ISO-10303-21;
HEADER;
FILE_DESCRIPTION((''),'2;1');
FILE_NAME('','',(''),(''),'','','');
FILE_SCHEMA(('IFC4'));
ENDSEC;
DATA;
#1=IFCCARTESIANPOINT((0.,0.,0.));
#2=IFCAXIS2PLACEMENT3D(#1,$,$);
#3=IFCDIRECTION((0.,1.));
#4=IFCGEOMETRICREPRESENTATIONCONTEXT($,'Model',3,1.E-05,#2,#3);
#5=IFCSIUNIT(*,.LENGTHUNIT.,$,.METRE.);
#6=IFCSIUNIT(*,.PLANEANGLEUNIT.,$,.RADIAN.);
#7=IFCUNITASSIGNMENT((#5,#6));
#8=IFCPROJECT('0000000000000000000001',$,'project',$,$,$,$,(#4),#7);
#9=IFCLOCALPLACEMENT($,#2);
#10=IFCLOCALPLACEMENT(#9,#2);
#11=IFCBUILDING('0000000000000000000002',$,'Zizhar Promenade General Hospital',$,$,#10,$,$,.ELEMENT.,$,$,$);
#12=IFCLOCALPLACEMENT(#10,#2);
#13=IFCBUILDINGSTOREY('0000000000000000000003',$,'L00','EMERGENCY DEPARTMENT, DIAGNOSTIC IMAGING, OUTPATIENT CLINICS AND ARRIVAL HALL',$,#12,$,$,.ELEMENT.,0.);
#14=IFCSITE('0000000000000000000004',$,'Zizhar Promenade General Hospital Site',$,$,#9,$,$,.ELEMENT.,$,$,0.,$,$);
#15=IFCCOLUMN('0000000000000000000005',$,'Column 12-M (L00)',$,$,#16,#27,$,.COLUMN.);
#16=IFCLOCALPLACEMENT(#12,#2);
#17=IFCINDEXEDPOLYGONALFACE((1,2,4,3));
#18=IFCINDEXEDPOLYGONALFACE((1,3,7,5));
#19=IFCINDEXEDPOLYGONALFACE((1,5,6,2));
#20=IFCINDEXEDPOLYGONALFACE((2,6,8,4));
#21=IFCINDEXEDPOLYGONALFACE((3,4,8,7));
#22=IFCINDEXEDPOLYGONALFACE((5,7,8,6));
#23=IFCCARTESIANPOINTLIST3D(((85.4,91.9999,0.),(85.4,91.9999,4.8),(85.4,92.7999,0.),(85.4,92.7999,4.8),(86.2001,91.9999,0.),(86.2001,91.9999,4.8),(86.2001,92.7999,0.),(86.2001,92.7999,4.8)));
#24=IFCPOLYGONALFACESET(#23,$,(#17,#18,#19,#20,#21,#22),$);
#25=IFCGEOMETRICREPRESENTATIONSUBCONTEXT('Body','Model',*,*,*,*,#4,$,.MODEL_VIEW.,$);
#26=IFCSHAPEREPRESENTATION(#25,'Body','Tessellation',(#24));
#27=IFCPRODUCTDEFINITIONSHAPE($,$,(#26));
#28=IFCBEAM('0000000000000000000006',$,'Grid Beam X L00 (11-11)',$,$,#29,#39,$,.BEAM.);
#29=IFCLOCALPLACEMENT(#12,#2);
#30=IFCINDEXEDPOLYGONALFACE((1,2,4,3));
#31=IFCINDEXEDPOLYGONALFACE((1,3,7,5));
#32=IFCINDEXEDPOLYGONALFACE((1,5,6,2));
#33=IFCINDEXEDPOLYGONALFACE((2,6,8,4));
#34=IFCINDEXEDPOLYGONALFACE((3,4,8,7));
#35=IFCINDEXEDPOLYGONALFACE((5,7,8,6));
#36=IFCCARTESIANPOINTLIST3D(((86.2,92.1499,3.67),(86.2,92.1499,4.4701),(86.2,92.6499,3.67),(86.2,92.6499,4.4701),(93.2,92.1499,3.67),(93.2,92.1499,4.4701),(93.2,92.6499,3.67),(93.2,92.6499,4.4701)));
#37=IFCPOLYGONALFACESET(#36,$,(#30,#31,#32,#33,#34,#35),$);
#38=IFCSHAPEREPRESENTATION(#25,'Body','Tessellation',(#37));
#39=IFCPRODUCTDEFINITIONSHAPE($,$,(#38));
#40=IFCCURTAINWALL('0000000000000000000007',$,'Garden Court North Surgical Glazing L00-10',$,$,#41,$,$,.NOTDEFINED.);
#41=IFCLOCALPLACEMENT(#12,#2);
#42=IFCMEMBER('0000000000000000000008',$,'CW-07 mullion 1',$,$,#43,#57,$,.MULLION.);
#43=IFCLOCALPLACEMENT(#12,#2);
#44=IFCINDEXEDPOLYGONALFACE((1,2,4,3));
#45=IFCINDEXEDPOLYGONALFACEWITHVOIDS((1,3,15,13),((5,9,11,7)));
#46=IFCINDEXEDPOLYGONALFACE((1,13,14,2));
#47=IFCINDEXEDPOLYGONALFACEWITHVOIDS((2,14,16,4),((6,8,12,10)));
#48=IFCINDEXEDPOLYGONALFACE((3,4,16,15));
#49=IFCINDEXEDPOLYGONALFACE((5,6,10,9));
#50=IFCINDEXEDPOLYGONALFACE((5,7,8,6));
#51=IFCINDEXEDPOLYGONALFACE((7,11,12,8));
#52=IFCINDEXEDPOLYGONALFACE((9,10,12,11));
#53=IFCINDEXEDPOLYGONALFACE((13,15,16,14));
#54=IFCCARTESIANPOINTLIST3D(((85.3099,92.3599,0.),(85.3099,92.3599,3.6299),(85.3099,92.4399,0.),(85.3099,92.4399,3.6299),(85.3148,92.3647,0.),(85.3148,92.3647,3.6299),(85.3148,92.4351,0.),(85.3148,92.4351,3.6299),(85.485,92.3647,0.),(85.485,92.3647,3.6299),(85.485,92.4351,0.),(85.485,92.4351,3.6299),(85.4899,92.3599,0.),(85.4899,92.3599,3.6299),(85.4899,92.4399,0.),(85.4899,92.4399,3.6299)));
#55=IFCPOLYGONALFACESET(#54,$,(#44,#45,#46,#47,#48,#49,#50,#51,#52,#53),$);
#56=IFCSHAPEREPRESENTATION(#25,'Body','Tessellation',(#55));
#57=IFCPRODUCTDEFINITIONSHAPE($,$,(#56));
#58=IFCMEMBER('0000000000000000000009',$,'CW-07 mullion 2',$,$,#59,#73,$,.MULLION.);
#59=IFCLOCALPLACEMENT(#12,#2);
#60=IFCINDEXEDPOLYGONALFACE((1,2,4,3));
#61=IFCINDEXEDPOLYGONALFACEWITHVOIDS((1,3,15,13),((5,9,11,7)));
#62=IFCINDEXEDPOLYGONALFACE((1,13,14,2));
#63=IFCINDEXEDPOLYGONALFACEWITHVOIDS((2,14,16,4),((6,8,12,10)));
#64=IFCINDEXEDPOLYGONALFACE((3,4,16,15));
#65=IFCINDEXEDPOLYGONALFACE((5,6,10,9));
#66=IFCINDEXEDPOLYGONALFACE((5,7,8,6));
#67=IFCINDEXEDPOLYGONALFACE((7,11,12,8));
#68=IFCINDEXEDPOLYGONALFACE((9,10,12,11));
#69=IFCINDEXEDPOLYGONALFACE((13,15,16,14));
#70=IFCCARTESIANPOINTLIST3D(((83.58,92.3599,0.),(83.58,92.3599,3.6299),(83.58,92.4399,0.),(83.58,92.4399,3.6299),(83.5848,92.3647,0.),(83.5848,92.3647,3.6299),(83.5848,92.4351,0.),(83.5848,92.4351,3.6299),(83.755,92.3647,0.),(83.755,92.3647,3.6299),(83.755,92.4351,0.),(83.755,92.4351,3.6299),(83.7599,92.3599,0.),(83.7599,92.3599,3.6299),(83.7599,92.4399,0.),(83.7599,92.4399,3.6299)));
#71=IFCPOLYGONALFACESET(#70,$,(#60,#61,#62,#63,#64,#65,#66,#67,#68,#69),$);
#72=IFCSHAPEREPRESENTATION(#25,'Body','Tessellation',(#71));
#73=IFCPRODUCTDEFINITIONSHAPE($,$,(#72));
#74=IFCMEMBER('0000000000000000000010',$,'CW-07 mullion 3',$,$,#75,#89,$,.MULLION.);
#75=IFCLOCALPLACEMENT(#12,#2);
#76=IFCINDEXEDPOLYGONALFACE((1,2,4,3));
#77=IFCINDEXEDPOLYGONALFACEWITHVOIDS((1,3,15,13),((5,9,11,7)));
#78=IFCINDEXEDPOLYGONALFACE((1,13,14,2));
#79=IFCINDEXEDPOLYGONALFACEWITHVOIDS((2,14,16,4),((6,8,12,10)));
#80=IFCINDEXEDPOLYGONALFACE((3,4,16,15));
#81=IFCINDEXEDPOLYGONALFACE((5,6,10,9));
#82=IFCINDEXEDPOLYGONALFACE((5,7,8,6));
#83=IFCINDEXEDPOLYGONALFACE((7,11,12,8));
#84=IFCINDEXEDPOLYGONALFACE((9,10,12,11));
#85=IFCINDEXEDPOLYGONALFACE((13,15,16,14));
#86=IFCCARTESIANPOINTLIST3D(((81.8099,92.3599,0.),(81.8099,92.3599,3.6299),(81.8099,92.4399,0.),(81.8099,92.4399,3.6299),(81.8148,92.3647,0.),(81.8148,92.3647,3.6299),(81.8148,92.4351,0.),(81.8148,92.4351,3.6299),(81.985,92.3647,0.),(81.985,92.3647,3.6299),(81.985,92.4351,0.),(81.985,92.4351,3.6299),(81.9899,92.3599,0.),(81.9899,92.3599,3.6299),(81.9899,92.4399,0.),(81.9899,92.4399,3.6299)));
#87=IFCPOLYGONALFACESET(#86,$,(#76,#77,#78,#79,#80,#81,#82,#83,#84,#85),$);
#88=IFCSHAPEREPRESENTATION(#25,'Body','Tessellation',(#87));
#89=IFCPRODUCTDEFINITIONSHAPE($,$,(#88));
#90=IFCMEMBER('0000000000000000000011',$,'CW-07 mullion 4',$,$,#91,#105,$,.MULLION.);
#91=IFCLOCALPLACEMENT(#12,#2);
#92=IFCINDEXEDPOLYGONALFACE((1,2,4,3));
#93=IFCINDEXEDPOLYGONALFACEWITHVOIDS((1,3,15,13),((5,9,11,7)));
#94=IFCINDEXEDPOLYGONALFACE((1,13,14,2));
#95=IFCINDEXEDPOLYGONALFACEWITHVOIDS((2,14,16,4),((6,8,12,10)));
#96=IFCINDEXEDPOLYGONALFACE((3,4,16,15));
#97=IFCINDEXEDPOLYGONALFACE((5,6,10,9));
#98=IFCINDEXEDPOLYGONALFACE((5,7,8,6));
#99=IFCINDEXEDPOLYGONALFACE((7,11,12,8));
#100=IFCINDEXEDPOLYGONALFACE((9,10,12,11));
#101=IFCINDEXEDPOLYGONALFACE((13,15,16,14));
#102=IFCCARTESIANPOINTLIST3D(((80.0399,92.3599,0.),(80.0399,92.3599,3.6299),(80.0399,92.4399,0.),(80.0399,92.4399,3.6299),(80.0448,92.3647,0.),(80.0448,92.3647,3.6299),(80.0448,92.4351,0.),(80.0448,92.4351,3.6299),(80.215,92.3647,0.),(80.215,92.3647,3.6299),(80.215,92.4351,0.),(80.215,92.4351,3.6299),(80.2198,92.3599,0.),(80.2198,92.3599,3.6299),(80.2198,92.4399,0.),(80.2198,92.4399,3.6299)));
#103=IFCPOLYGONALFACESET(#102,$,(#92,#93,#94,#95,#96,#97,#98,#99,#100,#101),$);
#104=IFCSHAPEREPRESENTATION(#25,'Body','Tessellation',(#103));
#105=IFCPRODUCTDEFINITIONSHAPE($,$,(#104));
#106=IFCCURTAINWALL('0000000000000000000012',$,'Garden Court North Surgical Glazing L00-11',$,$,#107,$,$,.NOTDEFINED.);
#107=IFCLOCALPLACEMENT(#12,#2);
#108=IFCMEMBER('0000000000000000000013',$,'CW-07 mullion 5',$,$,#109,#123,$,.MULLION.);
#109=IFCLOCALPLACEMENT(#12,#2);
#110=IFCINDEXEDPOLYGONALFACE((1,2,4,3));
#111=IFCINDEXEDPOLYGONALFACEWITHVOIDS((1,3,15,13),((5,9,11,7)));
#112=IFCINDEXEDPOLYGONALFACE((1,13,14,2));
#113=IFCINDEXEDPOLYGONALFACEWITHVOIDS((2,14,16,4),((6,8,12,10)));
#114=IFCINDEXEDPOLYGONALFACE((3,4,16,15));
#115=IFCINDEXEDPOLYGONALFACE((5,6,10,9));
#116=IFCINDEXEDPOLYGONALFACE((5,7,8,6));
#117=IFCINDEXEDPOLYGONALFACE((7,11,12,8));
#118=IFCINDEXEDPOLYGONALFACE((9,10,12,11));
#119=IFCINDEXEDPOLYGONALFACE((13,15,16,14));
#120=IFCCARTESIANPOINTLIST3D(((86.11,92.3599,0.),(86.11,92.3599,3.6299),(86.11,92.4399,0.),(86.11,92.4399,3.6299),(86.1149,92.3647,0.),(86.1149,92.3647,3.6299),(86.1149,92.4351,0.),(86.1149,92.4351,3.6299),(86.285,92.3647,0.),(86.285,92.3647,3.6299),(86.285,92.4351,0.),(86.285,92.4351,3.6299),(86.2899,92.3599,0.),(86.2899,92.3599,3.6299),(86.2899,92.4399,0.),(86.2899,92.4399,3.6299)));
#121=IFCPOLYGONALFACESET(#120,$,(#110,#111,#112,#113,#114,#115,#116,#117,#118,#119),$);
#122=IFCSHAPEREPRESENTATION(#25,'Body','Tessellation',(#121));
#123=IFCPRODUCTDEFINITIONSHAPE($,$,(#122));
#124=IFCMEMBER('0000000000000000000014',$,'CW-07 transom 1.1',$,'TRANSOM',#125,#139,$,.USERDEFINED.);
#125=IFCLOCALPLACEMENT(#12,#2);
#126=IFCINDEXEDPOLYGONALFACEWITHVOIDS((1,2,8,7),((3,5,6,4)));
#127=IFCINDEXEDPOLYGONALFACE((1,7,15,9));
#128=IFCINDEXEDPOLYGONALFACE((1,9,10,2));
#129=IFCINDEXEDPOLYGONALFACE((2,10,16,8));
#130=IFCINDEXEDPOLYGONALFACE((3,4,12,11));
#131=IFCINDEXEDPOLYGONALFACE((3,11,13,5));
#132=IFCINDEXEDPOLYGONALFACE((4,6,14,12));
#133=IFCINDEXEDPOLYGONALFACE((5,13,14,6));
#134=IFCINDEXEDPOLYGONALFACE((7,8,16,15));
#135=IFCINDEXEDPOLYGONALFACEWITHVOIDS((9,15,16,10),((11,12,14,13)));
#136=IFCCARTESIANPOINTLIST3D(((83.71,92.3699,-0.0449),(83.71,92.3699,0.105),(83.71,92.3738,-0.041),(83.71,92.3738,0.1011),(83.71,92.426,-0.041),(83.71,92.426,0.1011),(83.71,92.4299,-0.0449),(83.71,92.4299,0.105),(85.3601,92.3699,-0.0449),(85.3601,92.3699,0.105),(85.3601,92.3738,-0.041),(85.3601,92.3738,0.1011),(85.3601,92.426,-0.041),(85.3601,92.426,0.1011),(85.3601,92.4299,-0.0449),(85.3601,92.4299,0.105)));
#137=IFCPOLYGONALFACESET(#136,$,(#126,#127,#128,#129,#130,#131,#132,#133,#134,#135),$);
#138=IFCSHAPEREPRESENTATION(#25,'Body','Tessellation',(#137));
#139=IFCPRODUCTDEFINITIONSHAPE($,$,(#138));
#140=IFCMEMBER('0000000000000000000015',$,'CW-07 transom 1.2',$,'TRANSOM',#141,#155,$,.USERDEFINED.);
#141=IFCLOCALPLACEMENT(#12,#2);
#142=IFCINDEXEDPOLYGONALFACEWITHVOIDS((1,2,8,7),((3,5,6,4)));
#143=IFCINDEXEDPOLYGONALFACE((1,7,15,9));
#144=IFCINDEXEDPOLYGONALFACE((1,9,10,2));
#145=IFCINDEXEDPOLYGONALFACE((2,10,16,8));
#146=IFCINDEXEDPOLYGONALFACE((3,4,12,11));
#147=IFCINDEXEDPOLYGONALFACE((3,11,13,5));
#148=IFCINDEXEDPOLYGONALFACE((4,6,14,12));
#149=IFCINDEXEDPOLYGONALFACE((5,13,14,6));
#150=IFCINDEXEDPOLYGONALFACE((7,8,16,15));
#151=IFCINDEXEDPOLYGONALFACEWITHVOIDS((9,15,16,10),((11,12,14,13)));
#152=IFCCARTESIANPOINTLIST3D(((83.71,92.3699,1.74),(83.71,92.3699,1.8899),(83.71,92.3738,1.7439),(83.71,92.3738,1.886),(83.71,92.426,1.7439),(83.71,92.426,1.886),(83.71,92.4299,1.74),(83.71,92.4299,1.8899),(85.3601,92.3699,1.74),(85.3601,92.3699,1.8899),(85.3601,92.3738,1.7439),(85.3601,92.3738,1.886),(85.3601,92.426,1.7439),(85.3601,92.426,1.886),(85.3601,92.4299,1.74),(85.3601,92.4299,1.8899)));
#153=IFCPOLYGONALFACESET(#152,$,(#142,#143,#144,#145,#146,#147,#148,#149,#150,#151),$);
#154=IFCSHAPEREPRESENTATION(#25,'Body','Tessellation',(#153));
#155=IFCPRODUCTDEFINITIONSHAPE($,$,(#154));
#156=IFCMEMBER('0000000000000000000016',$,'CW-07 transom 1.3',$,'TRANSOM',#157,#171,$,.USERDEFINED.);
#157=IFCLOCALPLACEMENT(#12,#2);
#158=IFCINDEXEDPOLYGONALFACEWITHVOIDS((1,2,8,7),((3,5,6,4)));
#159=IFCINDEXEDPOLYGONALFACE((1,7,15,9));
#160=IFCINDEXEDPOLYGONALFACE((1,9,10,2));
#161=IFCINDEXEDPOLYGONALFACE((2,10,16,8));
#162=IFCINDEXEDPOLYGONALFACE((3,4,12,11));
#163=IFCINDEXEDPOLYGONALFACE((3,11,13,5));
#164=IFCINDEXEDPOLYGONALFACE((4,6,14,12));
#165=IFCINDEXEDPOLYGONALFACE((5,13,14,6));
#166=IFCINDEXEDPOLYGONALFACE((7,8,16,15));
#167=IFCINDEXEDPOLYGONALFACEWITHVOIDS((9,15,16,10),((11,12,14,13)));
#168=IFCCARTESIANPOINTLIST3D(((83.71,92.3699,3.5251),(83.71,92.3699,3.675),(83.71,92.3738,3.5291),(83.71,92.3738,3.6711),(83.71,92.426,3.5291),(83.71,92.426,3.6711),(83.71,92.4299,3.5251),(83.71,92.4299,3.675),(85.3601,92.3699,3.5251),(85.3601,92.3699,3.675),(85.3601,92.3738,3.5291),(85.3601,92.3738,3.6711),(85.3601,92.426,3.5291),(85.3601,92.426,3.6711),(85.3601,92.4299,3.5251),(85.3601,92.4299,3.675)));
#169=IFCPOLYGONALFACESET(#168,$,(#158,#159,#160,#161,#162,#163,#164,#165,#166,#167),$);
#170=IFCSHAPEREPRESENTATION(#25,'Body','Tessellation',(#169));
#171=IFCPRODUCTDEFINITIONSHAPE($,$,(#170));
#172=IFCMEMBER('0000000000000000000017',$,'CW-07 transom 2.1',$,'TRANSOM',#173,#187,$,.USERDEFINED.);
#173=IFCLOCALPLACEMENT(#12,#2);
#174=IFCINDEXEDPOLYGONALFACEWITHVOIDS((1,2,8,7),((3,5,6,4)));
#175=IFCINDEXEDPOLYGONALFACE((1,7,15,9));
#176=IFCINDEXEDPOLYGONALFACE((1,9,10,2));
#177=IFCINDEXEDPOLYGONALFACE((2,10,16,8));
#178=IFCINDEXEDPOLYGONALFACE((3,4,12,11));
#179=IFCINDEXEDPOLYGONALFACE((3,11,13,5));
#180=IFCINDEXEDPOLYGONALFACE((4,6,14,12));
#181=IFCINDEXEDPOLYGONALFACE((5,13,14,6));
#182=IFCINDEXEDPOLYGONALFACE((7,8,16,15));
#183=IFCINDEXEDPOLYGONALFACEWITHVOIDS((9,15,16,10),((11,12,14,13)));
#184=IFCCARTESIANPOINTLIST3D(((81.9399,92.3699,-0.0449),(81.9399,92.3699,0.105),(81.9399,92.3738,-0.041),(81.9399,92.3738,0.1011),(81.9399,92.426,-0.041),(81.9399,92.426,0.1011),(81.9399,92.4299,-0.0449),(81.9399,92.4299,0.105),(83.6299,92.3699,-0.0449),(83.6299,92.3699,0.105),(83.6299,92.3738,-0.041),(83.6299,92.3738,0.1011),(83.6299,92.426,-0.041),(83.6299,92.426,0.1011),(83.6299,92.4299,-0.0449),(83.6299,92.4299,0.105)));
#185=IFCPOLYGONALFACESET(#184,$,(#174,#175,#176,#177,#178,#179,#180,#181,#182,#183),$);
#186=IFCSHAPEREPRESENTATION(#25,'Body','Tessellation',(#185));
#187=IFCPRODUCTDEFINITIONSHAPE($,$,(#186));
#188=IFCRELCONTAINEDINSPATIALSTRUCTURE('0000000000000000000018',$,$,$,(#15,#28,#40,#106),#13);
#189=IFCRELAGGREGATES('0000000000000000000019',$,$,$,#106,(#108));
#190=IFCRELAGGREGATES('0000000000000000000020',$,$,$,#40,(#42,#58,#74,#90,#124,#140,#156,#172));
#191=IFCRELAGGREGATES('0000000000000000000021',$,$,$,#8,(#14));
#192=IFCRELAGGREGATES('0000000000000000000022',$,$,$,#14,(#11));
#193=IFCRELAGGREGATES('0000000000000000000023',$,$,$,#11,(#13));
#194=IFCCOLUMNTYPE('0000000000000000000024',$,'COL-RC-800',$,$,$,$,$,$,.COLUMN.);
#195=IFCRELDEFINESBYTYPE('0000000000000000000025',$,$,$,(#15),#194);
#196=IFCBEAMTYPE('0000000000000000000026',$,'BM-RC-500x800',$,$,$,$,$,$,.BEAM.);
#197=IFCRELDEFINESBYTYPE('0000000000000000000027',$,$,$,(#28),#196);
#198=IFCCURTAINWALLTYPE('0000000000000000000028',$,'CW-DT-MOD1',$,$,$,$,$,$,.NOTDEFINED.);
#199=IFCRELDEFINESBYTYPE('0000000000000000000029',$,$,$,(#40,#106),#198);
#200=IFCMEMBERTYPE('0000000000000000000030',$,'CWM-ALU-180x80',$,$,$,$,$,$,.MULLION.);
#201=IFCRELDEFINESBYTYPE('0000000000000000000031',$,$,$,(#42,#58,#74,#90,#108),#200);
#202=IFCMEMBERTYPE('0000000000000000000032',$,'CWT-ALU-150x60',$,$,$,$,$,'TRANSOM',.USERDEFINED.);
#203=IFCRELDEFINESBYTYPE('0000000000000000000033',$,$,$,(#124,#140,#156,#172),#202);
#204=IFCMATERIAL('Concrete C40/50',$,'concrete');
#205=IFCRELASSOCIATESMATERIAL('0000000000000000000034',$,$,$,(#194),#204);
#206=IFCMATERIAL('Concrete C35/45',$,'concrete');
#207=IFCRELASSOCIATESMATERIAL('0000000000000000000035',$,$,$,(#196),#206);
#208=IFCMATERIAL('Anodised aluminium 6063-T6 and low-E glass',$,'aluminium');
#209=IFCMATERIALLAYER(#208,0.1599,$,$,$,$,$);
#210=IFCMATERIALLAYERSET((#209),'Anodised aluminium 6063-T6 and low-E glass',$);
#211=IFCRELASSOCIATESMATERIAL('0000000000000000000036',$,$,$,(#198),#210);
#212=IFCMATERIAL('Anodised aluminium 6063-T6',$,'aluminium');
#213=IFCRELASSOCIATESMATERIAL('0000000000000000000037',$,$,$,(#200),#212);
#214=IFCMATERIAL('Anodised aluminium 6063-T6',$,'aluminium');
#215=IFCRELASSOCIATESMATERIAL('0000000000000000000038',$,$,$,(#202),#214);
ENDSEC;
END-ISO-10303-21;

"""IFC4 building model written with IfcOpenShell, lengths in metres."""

from ifc_helpers import new_model, si_unit, direction, frame, origin, origin_2d, place, context, subcontext, project, spatial, rectangle, hollow_rectangle, extrude, material, layer, layer_set, material_profile, profile_set, type_object, element, aggregate, save


model = new_model("IFC4")

# Units and contexts
model_context = context("Model", 3, precision=1e-05, world=origin(), true_north=direction((0.0, 1.0)))
body_context = subcontext(model_context, "Body", "Model", "MODEL_VIEW")
ifc_project = project(units=[si_unit("LENGTHUNIT", "METRE"), si_unit("PLANEANGLEUNIT", "RADIAN")], contexts=[model_context])

# Site, building, storey
site_placement = place(None, origin())
site = spatial("IfcSite", under=ifc_project, at=site_placement, Name="Zizhar Promenade General Hospital Site", CompositionType="ELEMENT", RefElevation=0.0)
building_placement = place(site_placement, origin())
building = spatial("IfcBuilding", under=site, at=building_placement, Name="Zizhar Promenade General Hospital", CompositionType="ELEMENT")
storey_placement = place(building_placement, origin())
storey = spatial("IfcBuildingStorey", under=building, at=storey_placement, Name="L00", Description="EMERGENCY DEPARTMENT, DIAGNOSTIC IMAGING, OUTPATIENT CLINICS AND ARRIVAL HALL", CompositionType="ELEMENT", Elevation=0.0)

# Column
ifc_material_1 = material(Name="Concrete C40/50", Category="concrete")
ifc_material_profile_1 = material_profile(ifc_material_1, rectangle(XDim=0.8, YDim=0.8, at=origin_2d()))
ifc_profile_set_1 = profile_set([ifc_material_profile_1], Name="Concrete C40/50")
column_type = type_object("IfcColumnType", Name="COL-RC-800", PredefinedType="COLUMN", material=ifc_profile_set_1)
column_placement = place(storey_placement, frame((85.8, 92.3999, 0.0), z_axis=(0.0, 0.0, 1.0), x_axis=(1.0, 0.0, 0.0)))
element("IfcColumn", 1, at=column_placement, inside=storey, type_object=column_type, Name="Column 12-M (L00)", PredefinedType="COLUMN", context=body_context, shape_type="SweptSolid", body=[
    extrude(rectangle(XDim=0.8, YDim=0.8, at=origin_2d()), origin(), (0.0, 0.0, 1.0), 4.8),
])

# Beam
ifc_material_2 = material(Name="Concrete C35/45", Category="concrete")
ifc_material_profile_2 = material_profile(ifc_material_2, rectangle(XDim=0.5, YDim=0.8, at=origin_2d()))
ifc_profile_set_2 = profile_set([ifc_material_profile_2], Name="Concrete C35/45")
beam_type = type_object("IfcBeamType", Name="BM-RC-500x800", PredefinedType="BEAM", material=ifc_profile_set_2)
beam_placement = place(storey_placement, frame((86.2, 92.3999, 4.0701), z_axis=(1.0, 0.0, 0.0), x_axis=(0.0, 1.0, 0.0)))
element("IfcBeam", 2, at=beam_placement, inside=storey, type_object=beam_type, Name="Grid Beam X L00 (11-11)", PredefinedType="BEAM", context=body_context, shape_type="SweptSolid", body=[
    extrude(rectangle(XDim=0.5, YDim=0.8, at=origin_2d()), origin(), (0.0, 0.0, 1.0), 7.0),
])

# Curtain wall, members
ifc_material_3 = material(Name="Anodised aluminium 6063-T6 and low-E glass", Category="aluminium")
ifc_layer_1 = layer(ifc_material_3, 0.1599)
ifc_layer_set_1 = layer_set([ifc_layer_1], Name="Anodised aluminium 6063-T6 and low-E glass")
curtain_wall_type = type_object("IfcCurtainWallType", Name="CW-DT-MOD1", PredefinedType="NOTDEFINED", material=ifc_layer_set_1)
curtain_wall_1_placement = place(storey_placement, origin())
curtain_wall_1 = element("IfcCurtainWall", 3, at=curtain_wall_1_placement, inside=storey, type_object=curtain_wall_type, Name="Garden Court North Surgical Glazing L00-10", PredefinedType="NOTDEFINED")
ifc_material_4 = material(Name="Anodised aluminium 6063-T6", Category="aluminium")
ifc_material_profile_3 = material_profile(ifc_material_4, hollow_rectangle(XDim=0.0801, YDim=0.1799, WallThickness=0.0049, at=origin_2d()))
ifc_profile_set_3 = profile_set([ifc_material_profile_3], Name="Anodised aluminium 6063-T6")
member_type_1 = type_object("IfcMemberType", Name="CWM-ALU-180x80", PredefinedType="MULLION", material=ifc_profile_set_3)
member_1_placement = place(storey_placement, frame((85.3999, 92.3999, 0.0), z_axis=(0.0, 0.0, 1.0), x_axis=(0.0, -1.0, 0.0)))
member_1 = element("IfcMember", 4, at=member_1_placement, type_object=member_type_1, Name="CW-07 mullion 1", PredefinedType="MULLION", context=body_context, shape_type="SweptSolid", body=[
    extrude(hollow_rectangle(XDim=0.0801, YDim=0.1799, WallThickness=0.0049, at=origin_2d()), origin(), (0.0, 0.0, 1.0), 3.6299),
])
member_2_placement = place(storey_placement, frame((83.6699, 92.3999, 0.0), z_axis=(0.0, 0.0, 1.0), x_axis=(0.0, -1.0, 0.0)))
member_2 = element("IfcMember", 5, at=member_2_placement, type_object=member_type_1, Name="CW-07 mullion 2", PredefinedType="MULLION", context=body_context, shape_type="SweptSolid", body=[
    extrude(hollow_rectangle(XDim=0.0801, YDim=0.1799, WallThickness=0.0049, at=origin_2d()), origin(), (0.0, 0.0, 1.0), 3.6299),
])
member_3_placement = place(storey_placement, frame((81.8999, 92.3999, 0.0), z_axis=(0.0, 0.0, 1.0), x_axis=(0.0, -1.0, 0.0)))
member_3 = element("IfcMember", 6, at=member_3_placement, type_object=member_type_1, Name="CW-07 mullion 3", PredefinedType="MULLION", context=body_context, shape_type="SweptSolid", body=[
    extrude(hollow_rectangle(XDim=0.0801, YDim=0.1799, WallThickness=0.0049, at=origin_2d()), origin(), (0.0, 0.0, 1.0), 3.6299),
])
member_4_placement = place(storey_placement, frame((80.1299, 92.3999, 0.0), z_axis=(0.0, 0.0, 1.0), x_axis=(0.0, -1.0, 0.0)))
member_4 = element("IfcMember", 7, at=member_4_placement, type_object=member_type_1, Name="CW-07 mullion 4", PredefinedType="MULLION", context=body_context, shape_type="SweptSolid", body=[
    extrude(hollow_rectangle(XDim=0.0801, YDim=0.1799, WallThickness=0.0049, at=origin_2d()), origin(), (0.0, 0.0, 1.0), 3.6299),
])

# Curtain wall, member
curtain_wall_2_placement = place(storey_placement, origin())
curtain_wall_2 = element("IfcCurtainWall", 8, at=curtain_wall_2_placement, inside=storey, type_object=curtain_wall_type, Name="Garden Court North Surgical Glazing L00-11", PredefinedType="NOTDEFINED")
member_5_placement = place(storey_placement, frame((86.2, 92.3999, 0.0), z_axis=(0.0, 0.0, 1.0), x_axis=(0.0, -1.0, 0.0)))
member_5 = element("IfcMember", 9, at=member_5_placement, type_object=member_type_1, Name="CW-07 mullion 5", PredefinedType="MULLION", context=body_context, shape_type="SweptSolid", body=[
    extrude(hollow_rectangle(XDim=0.0801, YDim=0.1799, WallThickness=0.0049, at=origin_2d()), origin(), (0.0, 0.0, 1.0), 3.6299),
])
aggregate(curtain_wall_2, [member_5])

# Members
ifc_material_5 = material(Name="Anodised aluminium 6063-T6", Category="aluminium")
ifc_material_profile_4 = material_profile(ifc_material_5, hollow_rectangle(XDim=0.0601, YDim=0.1499, WallThickness=0.0039, at=origin_2d()))
ifc_profile_set_4 = profile_set([ifc_material_profile_4], Name="Anodised aluminium 6063-T6")
member_type_2 = type_object("IfcMemberType", Name="CWT-ALU-150x60", ElementType="TRANSOM", PredefinedType="USERDEFINED", material=ifc_profile_set_4)
member_6_placement = place(storey_placement, frame((85.3601, 92.3999, 0.03), z_axis=(-1.0, 0.0, 0.0), x_axis=(0.0, -1.0, 0.0)))
member_6 = element("IfcMember", 10, at=member_6_placement, type_object=member_type_2, Name="CW-07 transom 1.1", ObjectType="TRANSOM", PredefinedType="USERDEFINED", context=body_context, shape_type="SweptSolid", body=[
    extrude(hollow_rectangle(XDim=0.0601, YDim=0.1499, WallThickness=0.0039, at=origin_2d()), origin(), (0.0, 0.0, 1.0), 1.6501),
])
member_7_placement = place(storey_placement, frame((85.3601, 92.3999, 1.8149), z_axis=(-1.0, 0.0, 0.0), x_axis=(0.0, -1.0, 0.0)))
member_7 = element("IfcMember", 11, at=member_7_placement, type_object=member_type_2, Name="CW-07 transom 1.2", ObjectType="TRANSOM", PredefinedType="USERDEFINED", context=body_context, shape_type="SweptSolid", body=[
    extrude(hollow_rectangle(XDim=0.0601, YDim=0.1499, WallThickness=0.0039, at=origin_2d()), origin(), (0.0, 0.0, 1.0), 1.6501),
])
member_8_placement = place(storey_placement, frame((85.3601, 92.3999, 3.6001), z_axis=(-1.0, 0.0, 0.0), x_axis=(0.0, -1.0, 0.0)))
member_8 = element("IfcMember", 12, at=member_8_placement, type_object=member_type_2, Name="CW-07 transom 1.3", ObjectType="TRANSOM", PredefinedType="USERDEFINED", context=body_context, shape_type="SweptSolid", body=[
    extrude(hollow_rectangle(XDim=0.0601, YDim=0.1499, WallThickness=0.0039, at=origin_2d()), origin(), (0.0, 0.0, 1.0), 1.6501),
])
member_9_placement = place(storey_placement, frame((83.6299, 92.3999, 0.03), z_axis=(-1.0, 0.0, 0.0), x_axis=(0.0, -1.0, 0.0)))
member_9 = element("IfcMember", 13, at=member_9_placement, type_object=member_type_2, Name="CW-07 transom 2.1", ObjectType="TRANSOM", PredefinedType="USERDEFINED", context=body_context, shape_type="SweptSolid", body=[
    extrude(hollow_rectangle(XDim=0.0601, YDim=0.1499, WallThickness=0.0039, at=origin_2d()), origin(), (0.0, 0.0, 1.0), 1.6899),
])

aggregate(curtain_wall_1, [member_1, member_2, member_3, member_4, member_6, member_7, member_8, member_9])

save(model, "model.ifc")
